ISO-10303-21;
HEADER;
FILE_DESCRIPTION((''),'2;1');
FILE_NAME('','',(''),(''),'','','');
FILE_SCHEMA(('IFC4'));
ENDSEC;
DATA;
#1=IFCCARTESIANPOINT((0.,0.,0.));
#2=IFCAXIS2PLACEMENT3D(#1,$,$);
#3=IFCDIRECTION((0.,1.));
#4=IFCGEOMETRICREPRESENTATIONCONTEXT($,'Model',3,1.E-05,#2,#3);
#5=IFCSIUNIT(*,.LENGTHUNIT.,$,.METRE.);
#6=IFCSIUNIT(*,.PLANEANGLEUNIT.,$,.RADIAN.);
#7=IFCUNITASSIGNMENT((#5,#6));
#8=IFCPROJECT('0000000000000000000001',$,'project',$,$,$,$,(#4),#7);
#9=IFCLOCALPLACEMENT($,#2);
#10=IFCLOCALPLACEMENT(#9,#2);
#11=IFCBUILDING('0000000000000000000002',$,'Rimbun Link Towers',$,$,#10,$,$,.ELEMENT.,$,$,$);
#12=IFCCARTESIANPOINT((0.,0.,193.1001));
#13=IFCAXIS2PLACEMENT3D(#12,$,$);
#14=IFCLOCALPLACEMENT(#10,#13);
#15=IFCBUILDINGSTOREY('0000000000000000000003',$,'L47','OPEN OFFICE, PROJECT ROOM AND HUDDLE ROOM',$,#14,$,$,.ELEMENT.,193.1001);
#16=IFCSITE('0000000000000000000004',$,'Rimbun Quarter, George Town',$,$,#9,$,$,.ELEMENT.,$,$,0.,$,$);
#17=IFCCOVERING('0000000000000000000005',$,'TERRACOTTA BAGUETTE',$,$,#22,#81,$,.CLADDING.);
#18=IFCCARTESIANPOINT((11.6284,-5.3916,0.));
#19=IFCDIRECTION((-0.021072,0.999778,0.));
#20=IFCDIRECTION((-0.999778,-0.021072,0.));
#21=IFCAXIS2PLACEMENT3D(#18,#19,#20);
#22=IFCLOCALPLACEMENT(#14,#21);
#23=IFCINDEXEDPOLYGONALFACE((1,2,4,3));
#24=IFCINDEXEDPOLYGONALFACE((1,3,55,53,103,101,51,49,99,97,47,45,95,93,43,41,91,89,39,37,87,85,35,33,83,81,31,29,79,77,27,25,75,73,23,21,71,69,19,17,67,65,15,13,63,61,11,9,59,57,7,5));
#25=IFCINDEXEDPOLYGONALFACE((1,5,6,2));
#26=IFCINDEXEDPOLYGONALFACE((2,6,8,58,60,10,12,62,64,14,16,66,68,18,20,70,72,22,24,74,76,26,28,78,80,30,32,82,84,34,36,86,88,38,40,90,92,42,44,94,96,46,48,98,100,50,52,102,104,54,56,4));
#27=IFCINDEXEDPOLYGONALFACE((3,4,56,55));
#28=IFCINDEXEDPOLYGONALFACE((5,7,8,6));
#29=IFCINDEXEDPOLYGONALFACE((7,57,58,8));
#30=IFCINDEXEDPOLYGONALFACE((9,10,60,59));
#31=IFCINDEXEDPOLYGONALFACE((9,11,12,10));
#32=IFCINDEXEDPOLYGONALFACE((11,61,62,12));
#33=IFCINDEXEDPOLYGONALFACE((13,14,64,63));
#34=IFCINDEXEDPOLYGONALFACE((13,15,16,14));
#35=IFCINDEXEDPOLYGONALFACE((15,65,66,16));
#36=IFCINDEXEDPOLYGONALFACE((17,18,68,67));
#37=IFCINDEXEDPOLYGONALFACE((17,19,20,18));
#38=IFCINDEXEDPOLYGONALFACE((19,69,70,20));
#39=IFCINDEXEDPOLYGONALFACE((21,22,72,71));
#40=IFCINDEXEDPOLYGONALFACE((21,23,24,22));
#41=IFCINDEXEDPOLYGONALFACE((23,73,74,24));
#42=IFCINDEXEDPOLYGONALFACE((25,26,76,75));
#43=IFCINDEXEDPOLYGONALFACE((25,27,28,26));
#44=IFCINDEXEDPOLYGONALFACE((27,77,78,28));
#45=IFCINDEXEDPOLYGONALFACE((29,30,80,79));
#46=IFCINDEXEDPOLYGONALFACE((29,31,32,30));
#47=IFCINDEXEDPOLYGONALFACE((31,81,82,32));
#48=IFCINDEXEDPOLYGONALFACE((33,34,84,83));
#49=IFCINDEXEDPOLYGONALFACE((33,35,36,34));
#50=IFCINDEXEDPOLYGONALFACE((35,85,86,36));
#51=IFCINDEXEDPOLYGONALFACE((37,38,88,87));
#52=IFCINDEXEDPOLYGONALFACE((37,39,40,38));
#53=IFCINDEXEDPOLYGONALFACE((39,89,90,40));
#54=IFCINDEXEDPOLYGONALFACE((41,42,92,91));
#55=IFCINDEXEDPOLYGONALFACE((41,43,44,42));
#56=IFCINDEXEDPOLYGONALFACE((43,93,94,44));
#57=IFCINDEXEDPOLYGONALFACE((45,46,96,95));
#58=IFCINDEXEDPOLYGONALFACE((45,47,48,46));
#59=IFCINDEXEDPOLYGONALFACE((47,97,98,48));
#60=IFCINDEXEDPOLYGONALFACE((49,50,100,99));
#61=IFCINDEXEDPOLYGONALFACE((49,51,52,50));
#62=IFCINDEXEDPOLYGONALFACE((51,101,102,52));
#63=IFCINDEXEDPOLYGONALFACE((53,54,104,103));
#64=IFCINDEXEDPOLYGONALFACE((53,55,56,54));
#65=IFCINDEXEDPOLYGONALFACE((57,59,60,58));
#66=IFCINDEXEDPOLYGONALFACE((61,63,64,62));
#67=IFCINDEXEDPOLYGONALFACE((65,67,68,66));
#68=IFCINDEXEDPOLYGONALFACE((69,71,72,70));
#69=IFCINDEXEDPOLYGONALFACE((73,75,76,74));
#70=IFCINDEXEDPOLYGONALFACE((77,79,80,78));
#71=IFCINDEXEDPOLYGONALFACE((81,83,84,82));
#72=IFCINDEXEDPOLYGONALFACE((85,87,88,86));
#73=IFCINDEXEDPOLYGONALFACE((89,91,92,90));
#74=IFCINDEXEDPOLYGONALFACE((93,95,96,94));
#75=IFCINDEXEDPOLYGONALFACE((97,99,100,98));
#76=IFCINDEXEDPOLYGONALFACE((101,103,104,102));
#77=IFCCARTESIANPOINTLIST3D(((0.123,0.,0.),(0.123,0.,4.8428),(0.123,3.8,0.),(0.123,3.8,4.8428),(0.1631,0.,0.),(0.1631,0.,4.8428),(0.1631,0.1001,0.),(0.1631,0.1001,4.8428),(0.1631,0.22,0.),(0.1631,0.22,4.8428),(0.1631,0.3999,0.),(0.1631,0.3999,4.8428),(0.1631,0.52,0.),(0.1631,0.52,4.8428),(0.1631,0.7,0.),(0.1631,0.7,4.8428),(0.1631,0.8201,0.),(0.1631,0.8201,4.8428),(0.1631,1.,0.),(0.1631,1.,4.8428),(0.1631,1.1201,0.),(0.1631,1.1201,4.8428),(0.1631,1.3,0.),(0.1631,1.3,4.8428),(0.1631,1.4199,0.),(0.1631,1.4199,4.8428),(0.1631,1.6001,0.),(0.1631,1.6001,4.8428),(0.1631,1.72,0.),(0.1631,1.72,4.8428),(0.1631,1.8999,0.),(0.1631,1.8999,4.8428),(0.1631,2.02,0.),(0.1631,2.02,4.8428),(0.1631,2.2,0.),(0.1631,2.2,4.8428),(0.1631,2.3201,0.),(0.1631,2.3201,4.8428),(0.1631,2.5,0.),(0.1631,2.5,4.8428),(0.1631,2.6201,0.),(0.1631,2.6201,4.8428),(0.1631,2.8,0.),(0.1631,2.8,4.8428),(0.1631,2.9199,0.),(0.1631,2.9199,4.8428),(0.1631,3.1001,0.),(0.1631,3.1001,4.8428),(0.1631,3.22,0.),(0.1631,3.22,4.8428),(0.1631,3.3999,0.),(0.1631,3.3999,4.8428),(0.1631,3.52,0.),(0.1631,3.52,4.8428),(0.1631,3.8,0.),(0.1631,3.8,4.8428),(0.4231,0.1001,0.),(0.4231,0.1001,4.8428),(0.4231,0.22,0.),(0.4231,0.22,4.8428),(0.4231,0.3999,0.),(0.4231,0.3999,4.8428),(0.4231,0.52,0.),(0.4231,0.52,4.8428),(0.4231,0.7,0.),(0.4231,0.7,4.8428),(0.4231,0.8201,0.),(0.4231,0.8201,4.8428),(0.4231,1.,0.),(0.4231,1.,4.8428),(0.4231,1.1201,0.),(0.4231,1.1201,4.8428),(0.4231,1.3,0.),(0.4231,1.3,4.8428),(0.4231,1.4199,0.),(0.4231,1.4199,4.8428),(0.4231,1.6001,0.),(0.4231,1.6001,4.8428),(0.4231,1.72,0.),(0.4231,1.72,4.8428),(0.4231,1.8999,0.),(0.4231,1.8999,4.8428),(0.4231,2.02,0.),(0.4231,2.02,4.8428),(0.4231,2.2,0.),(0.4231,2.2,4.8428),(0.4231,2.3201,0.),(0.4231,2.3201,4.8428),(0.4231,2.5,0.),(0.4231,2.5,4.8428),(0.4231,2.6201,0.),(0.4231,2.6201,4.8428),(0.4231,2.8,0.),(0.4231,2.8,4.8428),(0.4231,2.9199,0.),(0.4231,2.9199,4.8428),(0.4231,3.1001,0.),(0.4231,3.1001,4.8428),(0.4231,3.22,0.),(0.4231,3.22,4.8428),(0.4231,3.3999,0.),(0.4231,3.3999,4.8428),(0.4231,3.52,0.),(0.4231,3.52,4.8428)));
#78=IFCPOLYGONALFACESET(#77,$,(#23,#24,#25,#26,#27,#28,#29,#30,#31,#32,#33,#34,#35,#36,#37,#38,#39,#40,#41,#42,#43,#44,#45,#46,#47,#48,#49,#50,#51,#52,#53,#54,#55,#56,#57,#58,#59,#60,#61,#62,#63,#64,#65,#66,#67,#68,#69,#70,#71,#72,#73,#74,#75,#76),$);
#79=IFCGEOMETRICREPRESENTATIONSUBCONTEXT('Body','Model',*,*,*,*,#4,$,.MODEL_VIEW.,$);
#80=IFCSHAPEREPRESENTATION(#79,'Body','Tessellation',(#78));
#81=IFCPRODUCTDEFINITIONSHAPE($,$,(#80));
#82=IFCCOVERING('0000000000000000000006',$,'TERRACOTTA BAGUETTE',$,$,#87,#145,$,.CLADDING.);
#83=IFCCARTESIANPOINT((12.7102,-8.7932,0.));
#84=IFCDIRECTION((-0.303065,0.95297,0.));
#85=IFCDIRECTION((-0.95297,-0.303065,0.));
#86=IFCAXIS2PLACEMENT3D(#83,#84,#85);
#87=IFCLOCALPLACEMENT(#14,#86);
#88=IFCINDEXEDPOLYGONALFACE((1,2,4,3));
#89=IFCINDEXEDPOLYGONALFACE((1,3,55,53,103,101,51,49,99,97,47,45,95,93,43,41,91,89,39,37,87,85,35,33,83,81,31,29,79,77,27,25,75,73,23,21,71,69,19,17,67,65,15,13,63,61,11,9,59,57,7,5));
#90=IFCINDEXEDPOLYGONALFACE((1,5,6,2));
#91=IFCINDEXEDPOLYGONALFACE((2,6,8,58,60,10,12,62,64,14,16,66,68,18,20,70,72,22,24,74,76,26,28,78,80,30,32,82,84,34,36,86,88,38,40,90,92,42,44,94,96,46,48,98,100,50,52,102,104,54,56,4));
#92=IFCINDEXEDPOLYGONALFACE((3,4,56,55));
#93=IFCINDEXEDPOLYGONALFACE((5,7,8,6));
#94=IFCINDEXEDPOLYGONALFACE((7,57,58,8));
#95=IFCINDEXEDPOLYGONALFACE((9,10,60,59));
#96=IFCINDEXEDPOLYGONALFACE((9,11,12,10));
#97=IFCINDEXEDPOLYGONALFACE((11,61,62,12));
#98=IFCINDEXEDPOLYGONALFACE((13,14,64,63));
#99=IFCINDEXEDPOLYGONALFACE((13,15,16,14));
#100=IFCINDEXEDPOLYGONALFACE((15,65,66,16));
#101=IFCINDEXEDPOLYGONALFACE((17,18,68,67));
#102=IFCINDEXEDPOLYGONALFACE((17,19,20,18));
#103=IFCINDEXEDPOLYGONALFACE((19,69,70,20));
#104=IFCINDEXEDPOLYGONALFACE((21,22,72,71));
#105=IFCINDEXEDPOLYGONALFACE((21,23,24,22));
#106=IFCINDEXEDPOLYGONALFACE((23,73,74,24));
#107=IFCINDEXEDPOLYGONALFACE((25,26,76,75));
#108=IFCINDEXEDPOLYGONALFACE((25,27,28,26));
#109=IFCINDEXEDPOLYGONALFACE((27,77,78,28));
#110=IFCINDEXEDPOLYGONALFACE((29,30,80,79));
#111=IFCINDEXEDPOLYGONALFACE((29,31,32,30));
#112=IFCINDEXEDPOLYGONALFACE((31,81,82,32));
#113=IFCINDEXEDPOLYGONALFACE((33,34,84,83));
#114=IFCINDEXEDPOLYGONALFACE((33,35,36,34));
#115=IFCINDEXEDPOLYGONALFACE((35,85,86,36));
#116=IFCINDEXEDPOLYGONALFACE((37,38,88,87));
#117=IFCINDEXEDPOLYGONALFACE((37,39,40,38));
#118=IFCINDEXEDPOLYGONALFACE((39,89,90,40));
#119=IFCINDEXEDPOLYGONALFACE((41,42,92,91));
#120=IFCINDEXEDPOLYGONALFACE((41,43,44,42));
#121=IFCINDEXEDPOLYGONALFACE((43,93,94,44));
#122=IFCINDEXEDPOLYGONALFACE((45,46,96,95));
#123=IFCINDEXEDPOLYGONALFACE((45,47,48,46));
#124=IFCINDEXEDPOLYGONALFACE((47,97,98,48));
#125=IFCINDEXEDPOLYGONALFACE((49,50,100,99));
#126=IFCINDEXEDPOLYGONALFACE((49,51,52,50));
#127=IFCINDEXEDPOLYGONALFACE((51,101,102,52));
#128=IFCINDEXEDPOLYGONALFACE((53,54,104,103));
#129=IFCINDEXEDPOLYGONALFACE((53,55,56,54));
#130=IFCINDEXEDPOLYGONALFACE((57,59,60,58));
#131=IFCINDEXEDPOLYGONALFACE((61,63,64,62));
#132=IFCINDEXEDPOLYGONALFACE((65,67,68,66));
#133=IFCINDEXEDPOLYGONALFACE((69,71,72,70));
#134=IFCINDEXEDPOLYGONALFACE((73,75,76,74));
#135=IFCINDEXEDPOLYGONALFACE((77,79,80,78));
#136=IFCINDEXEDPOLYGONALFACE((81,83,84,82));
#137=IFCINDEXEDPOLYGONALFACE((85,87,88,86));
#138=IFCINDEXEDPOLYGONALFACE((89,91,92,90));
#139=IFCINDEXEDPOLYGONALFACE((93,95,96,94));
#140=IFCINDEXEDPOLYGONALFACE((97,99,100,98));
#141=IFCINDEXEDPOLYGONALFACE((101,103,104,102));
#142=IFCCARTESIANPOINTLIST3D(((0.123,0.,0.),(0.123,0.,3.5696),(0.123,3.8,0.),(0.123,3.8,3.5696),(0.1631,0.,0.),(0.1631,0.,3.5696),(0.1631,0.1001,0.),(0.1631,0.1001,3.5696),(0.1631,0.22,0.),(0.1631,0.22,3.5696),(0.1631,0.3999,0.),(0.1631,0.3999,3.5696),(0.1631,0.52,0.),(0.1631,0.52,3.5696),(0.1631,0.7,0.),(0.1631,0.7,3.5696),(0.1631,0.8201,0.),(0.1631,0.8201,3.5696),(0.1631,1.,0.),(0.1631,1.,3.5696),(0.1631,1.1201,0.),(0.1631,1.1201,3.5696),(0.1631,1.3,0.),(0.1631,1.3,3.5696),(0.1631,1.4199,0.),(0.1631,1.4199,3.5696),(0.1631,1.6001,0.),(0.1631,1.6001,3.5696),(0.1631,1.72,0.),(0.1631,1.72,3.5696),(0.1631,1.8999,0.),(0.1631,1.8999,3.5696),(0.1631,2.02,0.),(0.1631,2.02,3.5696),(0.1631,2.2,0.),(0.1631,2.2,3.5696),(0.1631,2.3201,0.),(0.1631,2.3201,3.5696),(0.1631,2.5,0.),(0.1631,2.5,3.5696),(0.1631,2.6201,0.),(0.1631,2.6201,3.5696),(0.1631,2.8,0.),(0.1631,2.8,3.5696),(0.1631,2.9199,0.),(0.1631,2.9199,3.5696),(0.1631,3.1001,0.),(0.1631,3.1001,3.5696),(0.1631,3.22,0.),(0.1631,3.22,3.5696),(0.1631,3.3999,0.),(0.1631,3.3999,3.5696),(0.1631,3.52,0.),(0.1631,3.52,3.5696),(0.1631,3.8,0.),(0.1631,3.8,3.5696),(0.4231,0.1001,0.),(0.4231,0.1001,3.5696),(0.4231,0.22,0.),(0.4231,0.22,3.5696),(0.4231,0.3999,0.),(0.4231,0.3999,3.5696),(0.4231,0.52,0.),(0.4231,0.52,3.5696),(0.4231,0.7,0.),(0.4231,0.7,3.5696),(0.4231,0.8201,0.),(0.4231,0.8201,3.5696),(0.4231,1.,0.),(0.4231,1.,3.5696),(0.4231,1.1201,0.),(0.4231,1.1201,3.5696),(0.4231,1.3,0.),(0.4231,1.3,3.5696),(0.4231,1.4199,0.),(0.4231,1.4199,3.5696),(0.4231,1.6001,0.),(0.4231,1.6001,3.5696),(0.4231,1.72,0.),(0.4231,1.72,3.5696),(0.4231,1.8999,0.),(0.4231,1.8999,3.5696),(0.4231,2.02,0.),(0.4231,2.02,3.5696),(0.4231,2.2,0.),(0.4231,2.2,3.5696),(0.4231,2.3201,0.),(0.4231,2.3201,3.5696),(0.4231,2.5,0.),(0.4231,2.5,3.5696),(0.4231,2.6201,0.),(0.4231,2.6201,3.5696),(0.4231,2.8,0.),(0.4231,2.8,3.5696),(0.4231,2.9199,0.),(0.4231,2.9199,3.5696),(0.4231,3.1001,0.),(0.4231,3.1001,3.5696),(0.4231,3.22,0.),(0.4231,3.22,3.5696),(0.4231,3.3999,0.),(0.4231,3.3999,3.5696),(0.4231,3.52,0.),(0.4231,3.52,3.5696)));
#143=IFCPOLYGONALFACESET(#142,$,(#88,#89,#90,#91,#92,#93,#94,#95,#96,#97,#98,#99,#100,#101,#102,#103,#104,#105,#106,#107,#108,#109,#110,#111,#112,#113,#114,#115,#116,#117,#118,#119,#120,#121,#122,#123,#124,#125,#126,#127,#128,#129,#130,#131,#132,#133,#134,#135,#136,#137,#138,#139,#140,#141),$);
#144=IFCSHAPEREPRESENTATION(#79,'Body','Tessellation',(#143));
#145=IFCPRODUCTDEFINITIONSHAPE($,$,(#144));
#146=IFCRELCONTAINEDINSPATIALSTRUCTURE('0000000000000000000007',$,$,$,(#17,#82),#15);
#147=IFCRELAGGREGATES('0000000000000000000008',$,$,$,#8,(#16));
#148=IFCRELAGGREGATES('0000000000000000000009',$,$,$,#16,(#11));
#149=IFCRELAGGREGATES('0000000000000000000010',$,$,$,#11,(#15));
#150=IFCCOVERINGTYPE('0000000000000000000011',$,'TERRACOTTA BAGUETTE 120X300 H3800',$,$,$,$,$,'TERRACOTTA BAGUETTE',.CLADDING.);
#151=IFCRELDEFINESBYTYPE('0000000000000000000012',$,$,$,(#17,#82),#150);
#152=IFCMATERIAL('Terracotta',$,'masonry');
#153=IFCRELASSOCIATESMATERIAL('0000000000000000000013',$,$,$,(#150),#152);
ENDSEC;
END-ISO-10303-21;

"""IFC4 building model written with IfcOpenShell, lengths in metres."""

from ifc_helpers import new_model, si_unit, direction, frame, origin, place, context, subcontext, project, spatial, polyline, outline, extrude, material, material_profile, profile_set, type_object, element, save


model = new_model("IFC4")

# Units and contexts
model_context = context("Model", 3, precision=1e-05, world=origin(), true_north=direction((0.0, 1.0)))
body_context = subcontext(model_context, "Body", "Model", "MODEL_VIEW")
ifc_project = project(units=[si_unit("LENGTHUNIT", "METRE"), si_unit("PLANEANGLEUNIT", "RADIAN")], contexts=[model_context])

# Site, building, storey
site_placement = place(None, origin())
site = spatial("IfcSite", under=ifc_project, at=site_placement, Name="Rimbun Quarter, George Town", CompositionType="ELEMENT", RefElevation=0.0)
building_placement = place(site_placement, origin())
building = spatial("IfcBuilding", under=site, at=building_placement, Name="Rimbun Link Towers", CompositionType="ELEMENT")
storey_placement = place(building_placement, frame((0.0, 0.0, 193.1001)))
storey = spatial("IfcBuildingStorey", under=building, at=storey_placement, Name="L47", Description="OPEN OFFICE, PROJECT ROOM AND HUDDLE ROOM", CompositionType="ELEMENT", Elevation=193.1001)

# Coverings
ifc_material_1 = material(Name="Terracotta", Category="masonry")
ifc_material_profile_1 = material_profile(ifc_material_1, outline(polyline([(0.123, 0.0), (0.1631, 0.0), (0.1631, 0.1001), (0.4231, 0.1001), (0.4231, 0.22), (0.1631, 0.22), (0.1631, 0.3999), (0.4231, 0.3999), (0.4231, 0.52), (0.1631, 0.52), (0.1631, 0.7), (0.4231, 0.7), (0.4231, 0.8201), (0.1631, 0.8201), (0.1631, 1.0), (0.4231, 1.0), (0.4231, 1.1201), (0.1631, 1.1201), (0.1631, 1.3), (0.4231, 1.3), (0.4231, 1.4199), (0.1631, 1.4199), (0.1631, 1.6001), (0.4231, 1.6001), (0.4231, 1.72), (0.1631, 1.72), (0.1631, 1.8999), (0.4231, 1.8999), (0.4231, 2.02), (0.1631, 2.02), (0.1631, 2.2), (0.4231, 2.2), (0.4231, 2.3201), (0.1631, 2.3201), (0.1631, 2.5), (0.4231, 2.5), (0.4231, 2.6201), (0.1631, 2.6201), (0.1631, 2.8), (0.4231, 2.8), (0.4231, 2.9199), (0.1631, 2.9199), (0.1631, 3.1001), (0.4231, 3.1001), (0.4231, 3.22), (0.1631, 3.22), (0.1631, 3.3999), (0.4231, 3.3999), (0.4231, 3.52), (0.1631, 3.52), (0.1631, 3.8), (0.123, 3.8), (0.123, 0.0)])), Name="BAGUETTE 120X300")
ifc_profile_set_1 = profile_set([ifc_material_profile_1], Name="Terracotta")
covering_type_1 = type_object("IfcCoveringType", Name="TERRACOTTA BAGUETTE 120X300 H3800", ElementType="TERRACOTTA BAGUETTE", PredefinedType="CLADDING", material=ifc_profile_set_1)
covering_1_placement = place(storey_placement, frame((11.6284, -5.3916, 0.0), z_axis=(-0.021072, 0.999778, 0.0), x_axis=(-0.999778, -0.021072, 0.0)))
element("IfcCovering", 1, at=covering_1_placement, inside=storey, type_object=covering_type_1, Name="TERRACOTTA BAGUETTE", PredefinedType="CLADDING", context=body_context, shape_type="SweptSolid", body=[
    extrude(outline(polyline([(0.123, 0.0), (0.1631, 0.0), (0.1631, 0.1001), (0.4231, 0.1001), (0.4231, 0.22), (0.1631, 0.22), (0.1631, 0.3999), (0.4231, 0.3999), (0.4231, 0.52), (0.1631, 0.52), (0.1631, 0.7), (0.4231, 0.7), (0.4231, 0.8201), (0.1631, 0.8201), (0.1631, 1.0), (0.4231, 1.0), (0.4231, 1.1201), (0.1631, 1.1201), (0.1631, 1.3), (0.4231, 1.3), (0.4231, 1.4199), (0.1631, 1.4199), (0.1631, 1.6001), (0.4231, 1.6001), (0.4231, 1.72), (0.1631, 1.72), (0.1631, 1.8999), (0.4231, 1.8999), (0.4231, 2.02), (0.1631, 2.02), (0.1631, 2.2), (0.4231, 2.2), (0.4231, 2.3201), (0.1631, 2.3201), (0.1631, 2.5), (0.4231, 2.5), (0.4231, 2.6201), (0.1631, 2.6201), (0.1631, 2.8), (0.4231, 2.8), (0.4231, 2.9199), (0.1631, 2.9199), (0.1631, 3.1001), (0.4231, 3.1001), (0.4231, 3.22), (0.1631, 3.22), (0.1631, 3.3999), (0.4231, 3.3999), (0.4231, 3.52), (0.1631, 3.52), (0.1631, 3.8), (0.123, 3.8), (0.123, 0.0)])), origin(), (0.0, 0.0, 1.0), 4.8428),
])
covering_2_placement = place(storey_placement, frame((12.7102, -8.7932, 0.0), z_axis=(-0.303065, 0.95297, 0.0), x_axis=(-0.95297, -0.303065, 0.0)))
element("IfcCovering", 2, at=covering_2_placement, inside=storey, type_object=covering_type_1, Name="TERRACOTTA BAGUETTE", PredefinedType="CLADDING", context=body_context, shape_type="SweptSolid", body=[
    extrude(outline(polyline([(0.123, 0.0), (0.1631, 0.0), (0.1631, 0.1001), (0.4231, 0.1001), (0.4231, 0.22), (0.1631, 0.22), (0.1631, 0.3999), (0.4231, 0.3999), (0.4231, 0.52), (0.1631, 0.52), (0.1631, 0.7), (0.4231, 0.7), (0.4231, 0.8201), (0.1631, 0.8201), (0.1631, 1.0), (0.4231, 1.0), (0.4231, 1.1201), (0.1631, 1.1201), (0.1631, 1.3), (0.4231, 1.3), (0.4231, 1.4199), (0.1631, 1.4199), (0.1631, 1.6001), (0.4231, 1.6001), (0.4231, 1.72), (0.1631, 1.72), (0.1631, 1.8999), (0.4231, 1.8999), (0.4231, 2.02), (0.1631, 2.02), (0.1631, 2.2), (0.4231, 2.2), (0.4231, 2.3201), (0.1631, 2.3201), (0.1631, 2.5), (0.4231, 2.5), (0.4231, 2.6201), (0.1631, 2.6201), (0.1631, 2.8), (0.4231, 2.8), (0.4231, 2.9199), (0.1631, 2.9199), (0.1631, 3.1001), (0.4231, 3.1001), (0.4231, 3.22), (0.1631, 3.22), (0.1631, 3.3999), (0.4231, 3.3999), (0.4231, 3.52), (0.1631, 3.52), (0.1631, 3.8), (0.123, 3.8), (0.123, 0.0)])), origin(), (0.0, 0.0, 1.0), 3.5696),
])

save(model, "model.ifc")
